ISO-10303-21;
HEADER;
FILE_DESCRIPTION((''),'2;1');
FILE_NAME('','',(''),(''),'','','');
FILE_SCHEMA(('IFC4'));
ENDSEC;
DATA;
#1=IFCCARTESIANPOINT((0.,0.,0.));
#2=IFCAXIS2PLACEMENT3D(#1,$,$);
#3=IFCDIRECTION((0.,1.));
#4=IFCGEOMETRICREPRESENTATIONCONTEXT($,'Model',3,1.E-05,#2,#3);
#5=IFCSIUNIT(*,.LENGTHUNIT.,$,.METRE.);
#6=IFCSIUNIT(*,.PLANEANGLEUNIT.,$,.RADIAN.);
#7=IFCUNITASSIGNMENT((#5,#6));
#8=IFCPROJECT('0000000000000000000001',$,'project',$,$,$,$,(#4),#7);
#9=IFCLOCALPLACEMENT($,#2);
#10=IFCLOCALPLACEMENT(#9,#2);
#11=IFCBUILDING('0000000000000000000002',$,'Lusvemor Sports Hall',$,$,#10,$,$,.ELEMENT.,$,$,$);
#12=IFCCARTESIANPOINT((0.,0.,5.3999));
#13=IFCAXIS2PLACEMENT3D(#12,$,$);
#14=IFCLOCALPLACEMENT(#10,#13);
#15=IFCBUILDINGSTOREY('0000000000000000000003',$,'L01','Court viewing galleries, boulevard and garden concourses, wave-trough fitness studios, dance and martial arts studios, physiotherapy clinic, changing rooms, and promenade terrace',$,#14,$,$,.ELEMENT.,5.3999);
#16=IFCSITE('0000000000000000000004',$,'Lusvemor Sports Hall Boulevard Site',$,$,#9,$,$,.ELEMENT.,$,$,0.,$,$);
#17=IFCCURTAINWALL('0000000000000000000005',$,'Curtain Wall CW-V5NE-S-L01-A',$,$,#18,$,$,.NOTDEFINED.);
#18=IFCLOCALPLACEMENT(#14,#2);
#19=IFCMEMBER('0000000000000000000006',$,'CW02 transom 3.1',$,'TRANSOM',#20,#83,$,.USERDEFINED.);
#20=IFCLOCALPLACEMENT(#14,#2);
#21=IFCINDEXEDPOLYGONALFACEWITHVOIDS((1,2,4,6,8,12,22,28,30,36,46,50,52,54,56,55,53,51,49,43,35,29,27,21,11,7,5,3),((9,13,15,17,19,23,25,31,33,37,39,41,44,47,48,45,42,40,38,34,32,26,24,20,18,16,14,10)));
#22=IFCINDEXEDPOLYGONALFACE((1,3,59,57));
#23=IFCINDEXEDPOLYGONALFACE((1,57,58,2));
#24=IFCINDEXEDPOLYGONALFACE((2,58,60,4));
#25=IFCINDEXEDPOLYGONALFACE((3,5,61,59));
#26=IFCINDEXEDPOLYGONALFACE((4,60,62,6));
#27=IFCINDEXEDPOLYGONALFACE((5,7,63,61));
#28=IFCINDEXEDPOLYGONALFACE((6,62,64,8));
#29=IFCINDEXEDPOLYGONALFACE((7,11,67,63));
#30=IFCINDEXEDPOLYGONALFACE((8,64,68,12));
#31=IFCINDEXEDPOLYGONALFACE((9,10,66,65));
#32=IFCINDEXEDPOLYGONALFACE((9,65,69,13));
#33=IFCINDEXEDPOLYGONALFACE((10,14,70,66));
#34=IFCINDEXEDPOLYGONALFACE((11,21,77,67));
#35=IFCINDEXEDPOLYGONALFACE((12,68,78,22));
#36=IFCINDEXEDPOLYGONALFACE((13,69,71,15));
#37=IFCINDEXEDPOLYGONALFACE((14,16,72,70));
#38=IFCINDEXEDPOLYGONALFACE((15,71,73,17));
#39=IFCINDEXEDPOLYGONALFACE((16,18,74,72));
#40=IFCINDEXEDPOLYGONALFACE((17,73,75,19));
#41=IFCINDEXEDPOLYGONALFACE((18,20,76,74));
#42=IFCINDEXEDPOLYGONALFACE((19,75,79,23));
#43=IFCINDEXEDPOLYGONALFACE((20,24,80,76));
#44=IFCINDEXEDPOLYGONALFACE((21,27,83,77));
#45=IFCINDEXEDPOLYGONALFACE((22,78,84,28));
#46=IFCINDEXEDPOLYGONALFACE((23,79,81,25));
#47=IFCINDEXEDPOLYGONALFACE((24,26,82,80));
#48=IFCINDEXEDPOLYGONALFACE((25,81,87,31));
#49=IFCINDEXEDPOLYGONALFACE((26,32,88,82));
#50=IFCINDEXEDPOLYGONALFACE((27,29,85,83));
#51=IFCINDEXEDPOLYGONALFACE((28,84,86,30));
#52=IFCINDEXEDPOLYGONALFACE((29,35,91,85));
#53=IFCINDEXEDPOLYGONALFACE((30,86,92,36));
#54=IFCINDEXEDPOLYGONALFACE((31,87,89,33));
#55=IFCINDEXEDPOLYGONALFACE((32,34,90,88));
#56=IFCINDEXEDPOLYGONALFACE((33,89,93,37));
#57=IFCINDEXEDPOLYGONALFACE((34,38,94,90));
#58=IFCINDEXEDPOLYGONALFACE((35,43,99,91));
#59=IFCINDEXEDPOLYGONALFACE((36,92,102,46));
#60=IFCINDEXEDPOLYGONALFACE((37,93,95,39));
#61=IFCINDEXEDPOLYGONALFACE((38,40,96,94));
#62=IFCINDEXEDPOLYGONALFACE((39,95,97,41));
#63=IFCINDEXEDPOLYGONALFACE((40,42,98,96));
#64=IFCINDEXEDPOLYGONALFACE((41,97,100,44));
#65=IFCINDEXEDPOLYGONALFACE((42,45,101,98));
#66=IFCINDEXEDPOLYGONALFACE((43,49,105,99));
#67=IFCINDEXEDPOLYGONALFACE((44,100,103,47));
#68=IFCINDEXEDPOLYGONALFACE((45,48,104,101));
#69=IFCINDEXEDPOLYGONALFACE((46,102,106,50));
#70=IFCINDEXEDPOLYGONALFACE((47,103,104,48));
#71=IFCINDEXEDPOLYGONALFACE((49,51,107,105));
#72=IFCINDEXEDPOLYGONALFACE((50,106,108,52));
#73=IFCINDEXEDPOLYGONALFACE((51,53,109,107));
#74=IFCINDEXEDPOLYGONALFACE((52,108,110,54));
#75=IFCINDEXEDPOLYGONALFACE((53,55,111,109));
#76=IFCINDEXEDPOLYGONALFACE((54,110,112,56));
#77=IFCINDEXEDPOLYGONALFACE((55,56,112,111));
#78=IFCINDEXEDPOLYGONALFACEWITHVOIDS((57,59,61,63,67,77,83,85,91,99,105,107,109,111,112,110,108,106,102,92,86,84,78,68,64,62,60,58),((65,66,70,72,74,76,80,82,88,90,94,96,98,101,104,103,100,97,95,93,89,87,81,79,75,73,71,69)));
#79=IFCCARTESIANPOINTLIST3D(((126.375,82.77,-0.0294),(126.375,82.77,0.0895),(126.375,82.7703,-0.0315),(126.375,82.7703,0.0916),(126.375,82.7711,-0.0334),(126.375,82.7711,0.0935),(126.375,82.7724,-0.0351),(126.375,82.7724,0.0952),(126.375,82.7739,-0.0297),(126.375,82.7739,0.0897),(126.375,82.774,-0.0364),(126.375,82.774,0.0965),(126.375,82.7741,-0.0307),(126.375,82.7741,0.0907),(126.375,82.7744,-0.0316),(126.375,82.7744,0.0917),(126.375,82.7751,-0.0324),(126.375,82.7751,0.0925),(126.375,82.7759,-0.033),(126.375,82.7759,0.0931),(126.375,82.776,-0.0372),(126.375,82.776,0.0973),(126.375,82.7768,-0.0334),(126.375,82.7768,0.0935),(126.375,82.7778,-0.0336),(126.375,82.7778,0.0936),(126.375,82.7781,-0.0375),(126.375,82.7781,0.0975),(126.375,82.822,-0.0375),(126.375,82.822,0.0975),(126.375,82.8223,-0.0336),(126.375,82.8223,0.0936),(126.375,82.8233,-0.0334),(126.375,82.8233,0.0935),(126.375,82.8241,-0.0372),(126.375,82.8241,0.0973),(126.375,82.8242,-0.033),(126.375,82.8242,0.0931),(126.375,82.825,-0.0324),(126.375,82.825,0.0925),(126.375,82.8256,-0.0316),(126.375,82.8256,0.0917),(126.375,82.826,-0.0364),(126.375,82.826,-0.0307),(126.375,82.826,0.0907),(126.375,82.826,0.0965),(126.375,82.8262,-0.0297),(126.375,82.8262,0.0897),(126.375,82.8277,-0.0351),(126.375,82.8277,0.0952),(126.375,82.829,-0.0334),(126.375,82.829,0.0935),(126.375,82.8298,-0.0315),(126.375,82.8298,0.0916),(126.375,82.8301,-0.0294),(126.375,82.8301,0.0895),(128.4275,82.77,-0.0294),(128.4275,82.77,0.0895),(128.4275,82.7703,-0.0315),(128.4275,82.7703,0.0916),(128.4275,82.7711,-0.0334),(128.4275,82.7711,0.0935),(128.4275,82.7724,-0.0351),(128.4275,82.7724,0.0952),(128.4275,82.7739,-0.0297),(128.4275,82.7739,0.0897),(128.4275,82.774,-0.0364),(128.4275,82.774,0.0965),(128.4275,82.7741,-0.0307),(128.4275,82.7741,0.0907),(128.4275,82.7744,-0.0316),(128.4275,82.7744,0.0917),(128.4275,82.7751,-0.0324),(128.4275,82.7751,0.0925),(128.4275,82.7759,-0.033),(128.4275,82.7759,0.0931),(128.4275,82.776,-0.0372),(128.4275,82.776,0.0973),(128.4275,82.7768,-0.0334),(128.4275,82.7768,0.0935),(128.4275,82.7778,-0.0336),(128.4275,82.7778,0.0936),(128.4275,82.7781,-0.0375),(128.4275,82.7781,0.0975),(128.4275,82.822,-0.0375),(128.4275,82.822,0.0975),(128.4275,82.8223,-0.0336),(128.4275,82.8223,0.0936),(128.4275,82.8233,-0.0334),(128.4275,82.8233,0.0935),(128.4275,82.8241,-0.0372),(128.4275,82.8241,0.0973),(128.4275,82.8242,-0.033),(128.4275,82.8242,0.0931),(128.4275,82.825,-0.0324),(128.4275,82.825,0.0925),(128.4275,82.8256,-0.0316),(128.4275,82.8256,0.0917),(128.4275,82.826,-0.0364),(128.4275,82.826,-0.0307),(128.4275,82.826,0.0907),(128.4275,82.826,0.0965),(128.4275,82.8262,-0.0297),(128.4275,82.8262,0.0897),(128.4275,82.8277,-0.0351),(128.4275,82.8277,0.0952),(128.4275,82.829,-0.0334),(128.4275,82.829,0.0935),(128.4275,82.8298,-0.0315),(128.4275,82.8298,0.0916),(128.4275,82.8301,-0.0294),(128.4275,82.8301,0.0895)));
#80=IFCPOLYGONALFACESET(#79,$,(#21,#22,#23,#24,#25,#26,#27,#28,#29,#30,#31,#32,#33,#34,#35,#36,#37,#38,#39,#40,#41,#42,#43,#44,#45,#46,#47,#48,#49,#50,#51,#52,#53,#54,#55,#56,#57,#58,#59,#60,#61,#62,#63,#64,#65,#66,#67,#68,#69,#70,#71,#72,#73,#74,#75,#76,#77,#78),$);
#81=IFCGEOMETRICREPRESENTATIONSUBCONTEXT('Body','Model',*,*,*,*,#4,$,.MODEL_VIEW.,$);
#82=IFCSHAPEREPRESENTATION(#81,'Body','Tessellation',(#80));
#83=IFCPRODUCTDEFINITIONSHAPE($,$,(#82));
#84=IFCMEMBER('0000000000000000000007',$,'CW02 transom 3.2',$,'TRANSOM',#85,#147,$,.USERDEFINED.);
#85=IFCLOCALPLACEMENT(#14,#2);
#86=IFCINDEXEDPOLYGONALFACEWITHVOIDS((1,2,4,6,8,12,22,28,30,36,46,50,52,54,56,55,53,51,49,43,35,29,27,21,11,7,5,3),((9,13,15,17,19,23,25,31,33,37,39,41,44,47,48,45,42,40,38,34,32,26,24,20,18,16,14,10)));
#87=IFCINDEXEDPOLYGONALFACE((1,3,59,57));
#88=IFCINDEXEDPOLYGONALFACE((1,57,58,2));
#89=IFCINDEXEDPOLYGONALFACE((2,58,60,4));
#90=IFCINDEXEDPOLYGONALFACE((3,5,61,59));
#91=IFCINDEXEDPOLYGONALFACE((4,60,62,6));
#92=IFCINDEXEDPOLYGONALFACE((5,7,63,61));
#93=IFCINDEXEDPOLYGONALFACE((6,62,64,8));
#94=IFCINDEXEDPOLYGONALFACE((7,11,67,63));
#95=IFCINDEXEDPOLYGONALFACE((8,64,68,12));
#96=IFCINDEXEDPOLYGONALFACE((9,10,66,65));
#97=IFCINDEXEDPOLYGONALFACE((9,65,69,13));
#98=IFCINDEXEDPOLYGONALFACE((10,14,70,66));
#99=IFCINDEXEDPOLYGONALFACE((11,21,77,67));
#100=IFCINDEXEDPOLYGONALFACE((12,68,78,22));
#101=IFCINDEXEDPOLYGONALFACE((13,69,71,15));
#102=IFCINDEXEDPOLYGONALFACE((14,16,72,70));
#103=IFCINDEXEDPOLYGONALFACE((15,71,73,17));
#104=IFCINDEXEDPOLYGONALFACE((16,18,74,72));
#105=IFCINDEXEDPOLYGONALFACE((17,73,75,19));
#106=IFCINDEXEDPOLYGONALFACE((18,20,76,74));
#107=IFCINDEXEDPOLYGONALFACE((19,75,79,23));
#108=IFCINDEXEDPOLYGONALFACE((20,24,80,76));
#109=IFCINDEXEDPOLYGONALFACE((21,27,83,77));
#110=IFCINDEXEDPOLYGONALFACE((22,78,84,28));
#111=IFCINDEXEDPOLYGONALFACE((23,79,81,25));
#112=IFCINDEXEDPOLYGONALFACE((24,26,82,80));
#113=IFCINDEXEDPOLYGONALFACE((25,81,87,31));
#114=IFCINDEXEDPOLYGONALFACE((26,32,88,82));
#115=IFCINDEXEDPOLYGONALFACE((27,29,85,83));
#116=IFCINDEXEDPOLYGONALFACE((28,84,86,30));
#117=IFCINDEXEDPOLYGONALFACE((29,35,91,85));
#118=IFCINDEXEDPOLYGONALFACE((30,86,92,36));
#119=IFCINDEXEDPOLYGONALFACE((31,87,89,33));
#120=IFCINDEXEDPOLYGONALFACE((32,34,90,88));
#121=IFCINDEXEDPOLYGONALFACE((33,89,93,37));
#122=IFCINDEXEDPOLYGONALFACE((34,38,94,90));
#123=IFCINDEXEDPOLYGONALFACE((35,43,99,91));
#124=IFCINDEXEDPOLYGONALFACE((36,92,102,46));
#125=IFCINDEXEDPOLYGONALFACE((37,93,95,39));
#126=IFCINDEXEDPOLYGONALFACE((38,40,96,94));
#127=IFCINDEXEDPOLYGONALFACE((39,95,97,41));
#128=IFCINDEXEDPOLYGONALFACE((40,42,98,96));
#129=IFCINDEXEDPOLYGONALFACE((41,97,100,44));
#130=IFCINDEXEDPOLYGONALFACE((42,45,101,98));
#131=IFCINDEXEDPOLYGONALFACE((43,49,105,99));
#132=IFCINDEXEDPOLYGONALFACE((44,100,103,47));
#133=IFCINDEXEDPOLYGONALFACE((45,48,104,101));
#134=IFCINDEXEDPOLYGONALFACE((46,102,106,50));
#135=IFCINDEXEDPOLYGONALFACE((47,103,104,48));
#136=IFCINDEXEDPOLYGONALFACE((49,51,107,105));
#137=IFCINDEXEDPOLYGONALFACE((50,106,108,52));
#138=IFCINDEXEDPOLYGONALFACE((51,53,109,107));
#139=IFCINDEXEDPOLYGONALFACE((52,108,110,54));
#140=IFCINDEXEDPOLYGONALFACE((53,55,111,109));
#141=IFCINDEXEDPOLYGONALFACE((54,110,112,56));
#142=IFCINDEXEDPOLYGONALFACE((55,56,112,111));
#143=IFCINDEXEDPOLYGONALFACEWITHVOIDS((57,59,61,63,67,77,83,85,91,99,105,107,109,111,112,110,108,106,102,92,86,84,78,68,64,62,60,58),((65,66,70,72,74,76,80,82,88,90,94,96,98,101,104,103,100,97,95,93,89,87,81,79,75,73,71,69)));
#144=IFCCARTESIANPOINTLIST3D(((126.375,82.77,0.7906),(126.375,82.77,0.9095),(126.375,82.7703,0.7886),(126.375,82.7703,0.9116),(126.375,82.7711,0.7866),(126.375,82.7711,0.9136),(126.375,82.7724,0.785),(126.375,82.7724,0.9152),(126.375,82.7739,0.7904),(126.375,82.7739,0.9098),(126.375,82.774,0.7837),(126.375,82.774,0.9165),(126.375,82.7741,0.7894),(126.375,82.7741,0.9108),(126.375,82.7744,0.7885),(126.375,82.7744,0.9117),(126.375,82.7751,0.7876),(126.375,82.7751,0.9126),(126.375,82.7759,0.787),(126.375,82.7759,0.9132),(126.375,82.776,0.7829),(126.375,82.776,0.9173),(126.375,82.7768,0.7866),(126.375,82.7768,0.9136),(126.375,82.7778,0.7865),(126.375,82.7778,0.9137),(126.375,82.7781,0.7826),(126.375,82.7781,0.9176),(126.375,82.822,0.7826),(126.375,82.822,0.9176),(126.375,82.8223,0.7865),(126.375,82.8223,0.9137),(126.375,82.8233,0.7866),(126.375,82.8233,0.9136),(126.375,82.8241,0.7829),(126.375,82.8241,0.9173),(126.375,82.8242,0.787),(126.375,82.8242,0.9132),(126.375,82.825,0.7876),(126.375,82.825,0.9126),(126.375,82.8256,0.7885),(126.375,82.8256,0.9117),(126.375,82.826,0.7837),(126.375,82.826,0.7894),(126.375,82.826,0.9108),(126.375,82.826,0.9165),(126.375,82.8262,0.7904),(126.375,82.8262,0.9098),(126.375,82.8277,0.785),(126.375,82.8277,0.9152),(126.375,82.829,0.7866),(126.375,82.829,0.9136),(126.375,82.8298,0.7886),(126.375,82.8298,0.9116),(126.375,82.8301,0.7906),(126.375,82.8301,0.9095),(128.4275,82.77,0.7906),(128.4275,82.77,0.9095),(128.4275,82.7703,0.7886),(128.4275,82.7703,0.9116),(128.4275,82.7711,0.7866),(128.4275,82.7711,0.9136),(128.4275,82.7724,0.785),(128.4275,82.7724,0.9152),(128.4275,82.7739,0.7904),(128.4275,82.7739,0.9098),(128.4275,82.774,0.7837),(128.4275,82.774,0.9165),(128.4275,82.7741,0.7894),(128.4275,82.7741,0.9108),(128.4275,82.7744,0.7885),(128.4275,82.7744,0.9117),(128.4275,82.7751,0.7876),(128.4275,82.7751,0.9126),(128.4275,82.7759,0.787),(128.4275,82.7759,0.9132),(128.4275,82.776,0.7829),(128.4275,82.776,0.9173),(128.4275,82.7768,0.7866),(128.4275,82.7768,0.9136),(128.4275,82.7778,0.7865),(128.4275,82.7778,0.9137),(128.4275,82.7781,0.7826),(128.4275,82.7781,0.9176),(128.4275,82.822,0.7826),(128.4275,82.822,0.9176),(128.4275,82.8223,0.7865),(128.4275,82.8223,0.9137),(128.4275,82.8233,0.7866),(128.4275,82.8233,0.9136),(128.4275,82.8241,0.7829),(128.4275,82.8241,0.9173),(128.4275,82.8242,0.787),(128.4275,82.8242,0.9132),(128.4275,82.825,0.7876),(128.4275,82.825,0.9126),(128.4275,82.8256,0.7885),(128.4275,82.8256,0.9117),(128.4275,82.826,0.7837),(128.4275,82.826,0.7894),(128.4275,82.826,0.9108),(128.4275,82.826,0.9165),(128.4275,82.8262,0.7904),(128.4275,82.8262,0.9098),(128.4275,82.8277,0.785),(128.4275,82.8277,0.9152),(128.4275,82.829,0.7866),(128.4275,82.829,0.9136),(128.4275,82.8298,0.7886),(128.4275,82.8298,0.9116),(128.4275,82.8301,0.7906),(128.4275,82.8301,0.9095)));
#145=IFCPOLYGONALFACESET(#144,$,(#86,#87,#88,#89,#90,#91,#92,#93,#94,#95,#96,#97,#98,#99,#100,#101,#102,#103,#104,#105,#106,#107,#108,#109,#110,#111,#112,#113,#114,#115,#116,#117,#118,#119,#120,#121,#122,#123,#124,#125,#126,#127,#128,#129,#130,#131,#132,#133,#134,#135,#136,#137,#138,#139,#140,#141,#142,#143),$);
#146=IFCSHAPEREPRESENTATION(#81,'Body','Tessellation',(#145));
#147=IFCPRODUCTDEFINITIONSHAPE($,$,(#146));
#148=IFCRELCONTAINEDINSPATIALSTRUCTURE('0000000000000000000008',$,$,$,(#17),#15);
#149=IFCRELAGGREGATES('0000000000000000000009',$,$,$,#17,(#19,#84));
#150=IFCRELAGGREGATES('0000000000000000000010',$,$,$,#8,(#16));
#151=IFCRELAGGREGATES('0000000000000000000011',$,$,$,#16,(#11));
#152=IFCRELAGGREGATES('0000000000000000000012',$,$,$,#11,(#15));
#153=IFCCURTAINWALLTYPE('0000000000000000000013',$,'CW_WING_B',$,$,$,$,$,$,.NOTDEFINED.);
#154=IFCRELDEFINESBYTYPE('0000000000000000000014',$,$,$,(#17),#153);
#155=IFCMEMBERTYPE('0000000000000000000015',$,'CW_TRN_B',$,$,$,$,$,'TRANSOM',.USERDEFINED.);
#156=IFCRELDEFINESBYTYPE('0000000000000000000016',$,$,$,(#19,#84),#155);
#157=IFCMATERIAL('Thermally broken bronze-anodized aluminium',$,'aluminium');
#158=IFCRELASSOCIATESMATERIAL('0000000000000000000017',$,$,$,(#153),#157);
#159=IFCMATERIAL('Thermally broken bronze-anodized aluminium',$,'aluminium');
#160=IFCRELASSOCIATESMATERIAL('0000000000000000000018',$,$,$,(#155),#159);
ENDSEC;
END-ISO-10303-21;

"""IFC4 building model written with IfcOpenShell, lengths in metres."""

from ifc_helpers import new_model, si_unit, direction, frame, origin, origin_2d, place, context, subcontext, project, spatial, hollow_rectangle, extrude, material, material_profile, profile_set, type_object, element, aggregate, save


model = new_model("IFC4")

# Units and contexts
model_context = context("Model", 3, precision=1e-05, world=origin(), true_north=direction((0.0, 1.0)))
body_context = subcontext(model_context, "Body", "Model", "MODEL_VIEW")
ifc_project = project(units=[si_unit("LENGTHUNIT", "METRE"), si_unit("PLANEANGLEUNIT", "RADIAN")], contexts=[model_context])

# Site, building, storey
site_placement = place(None, origin())
site = spatial("IfcSite", under=ifc_project, at=site_placement, Name="Lusvemor Sports Hall Boulevard Site", CompositionType="ELEMENT", RefElevation=0.0)
building_placement = place(site_placement, origin())
building = spatial("IfcBuilding", under=site, at=building_placement, Name="Lusvemor Sports Hall", CompositionType="ELEMENT")
storey_placement = place(building_placement, frame((0.0, 0.0, 5.3999)))
storey = spatial("IfcBuildingStorey", under=building, at=storey_placement, Name="L01", Description="Court viewing galleries, boulevard and garden concourses, wave-trough fitness studios, dance and martial arts studios, physiotherapy clinic, changing rooms, and promenade terrace", CompositionType="ELEMENT", Elevation=5.3999)

# Curtain wall
ifc_material_1 = material(Name="Thermally broken bronze-anodized aluminium", Category="aluminium")
curtain_wall_type_1 = type_object("IfcCurtainWallType", Name="CW_WING_B", PredefinedType="NOTDEFINED", material=ifc_material_1)
curtain_wall_1_placement = place(storey_placement, origin())
curtain_wall_1 = element("IfcCurtainWall", 1, at=curtain_wall_1_placement, inside=storey, type_object=curtain_wall_type_1, Name="Curtain Wall CW-V5NE-S-L01-A", PredefinedType="NOTDEFINED")

# Members
ifc_material_2 = material(Name="Thermally broken bronze-anodized aluminium", Category="aluminium")
ifc_material_profile_1 = material_profile(ifc_material_2, hollow_rectangle(XDim=0.0601, YDim=0.135, WallThickness=0.0039, InnerFilletRadius=0.0039, OuterFilletRadius=0.0081, at=origin_2d()), Name="CWTRN135x60x4")
ifc_profile_set_1 = profile_set([ifc_material_profile_1], Name="Thermally broken bronze-anodized aluminium")
member_type_1 = type_object("IfcMemberType", Name="CW_TRN_B", ElementType="TRANSOM", PredefinedType="USERDEFINED", material=ifc_profile_set_1)
member_1_placement = place(storey_placement, frame((128.4275, 82.8, 0.03), z_axis=(-1.0, 0.0, 0.0), x_axis=(0.0, -1.0, 0.0)))
member_1 = element("IfcMember", 2, at=member_1_placement, type_object=member_type_1, Name="CW02 transom 3.1", ObjectType="TRANSOM", PredefinedType="USERDEFINED", context=body_context, shape_type="SweptSolid", body=[
    extrude(hollow_rectangle(XDim=0.0601, YDim=0.135, WallThickness=0.0039, InnerFilletRadius=0.0039, OuterFilletRadius=0.0081, at=origin_2d()), origin(), (0.0, 0.0, 1.0), 2.0525),
])
member_2_placement = place(storey_placement, frame((128.4275, 82.8, 0.8501), z_axis=(-1.0, 0.0, 0.0), x_axis=(0.0, -1.0, 0.0)))
member_2 = element("IfcMember", 3, at=member_2_placement, type_object=member_type_1, Name="CW02 transom 3.2", ObjectType="TRANSOM", PredefinedType="USERDEFINED", context=body_context, shape_type="SweptSolid", body=[
    extrude(hollow_rectangle(XDim=0.0601, YDim=0.135, WallThickness=0.0039, InnerFilletRadius=0.0039, OuterFilletRadius=0.0081, at=origin_2d()), origin(), (0.0, 0.0, 1.0), 2.0525),
])

aggregate(curtain_wall_1, [member_1, member_2])

save(model, "model.ifc")
